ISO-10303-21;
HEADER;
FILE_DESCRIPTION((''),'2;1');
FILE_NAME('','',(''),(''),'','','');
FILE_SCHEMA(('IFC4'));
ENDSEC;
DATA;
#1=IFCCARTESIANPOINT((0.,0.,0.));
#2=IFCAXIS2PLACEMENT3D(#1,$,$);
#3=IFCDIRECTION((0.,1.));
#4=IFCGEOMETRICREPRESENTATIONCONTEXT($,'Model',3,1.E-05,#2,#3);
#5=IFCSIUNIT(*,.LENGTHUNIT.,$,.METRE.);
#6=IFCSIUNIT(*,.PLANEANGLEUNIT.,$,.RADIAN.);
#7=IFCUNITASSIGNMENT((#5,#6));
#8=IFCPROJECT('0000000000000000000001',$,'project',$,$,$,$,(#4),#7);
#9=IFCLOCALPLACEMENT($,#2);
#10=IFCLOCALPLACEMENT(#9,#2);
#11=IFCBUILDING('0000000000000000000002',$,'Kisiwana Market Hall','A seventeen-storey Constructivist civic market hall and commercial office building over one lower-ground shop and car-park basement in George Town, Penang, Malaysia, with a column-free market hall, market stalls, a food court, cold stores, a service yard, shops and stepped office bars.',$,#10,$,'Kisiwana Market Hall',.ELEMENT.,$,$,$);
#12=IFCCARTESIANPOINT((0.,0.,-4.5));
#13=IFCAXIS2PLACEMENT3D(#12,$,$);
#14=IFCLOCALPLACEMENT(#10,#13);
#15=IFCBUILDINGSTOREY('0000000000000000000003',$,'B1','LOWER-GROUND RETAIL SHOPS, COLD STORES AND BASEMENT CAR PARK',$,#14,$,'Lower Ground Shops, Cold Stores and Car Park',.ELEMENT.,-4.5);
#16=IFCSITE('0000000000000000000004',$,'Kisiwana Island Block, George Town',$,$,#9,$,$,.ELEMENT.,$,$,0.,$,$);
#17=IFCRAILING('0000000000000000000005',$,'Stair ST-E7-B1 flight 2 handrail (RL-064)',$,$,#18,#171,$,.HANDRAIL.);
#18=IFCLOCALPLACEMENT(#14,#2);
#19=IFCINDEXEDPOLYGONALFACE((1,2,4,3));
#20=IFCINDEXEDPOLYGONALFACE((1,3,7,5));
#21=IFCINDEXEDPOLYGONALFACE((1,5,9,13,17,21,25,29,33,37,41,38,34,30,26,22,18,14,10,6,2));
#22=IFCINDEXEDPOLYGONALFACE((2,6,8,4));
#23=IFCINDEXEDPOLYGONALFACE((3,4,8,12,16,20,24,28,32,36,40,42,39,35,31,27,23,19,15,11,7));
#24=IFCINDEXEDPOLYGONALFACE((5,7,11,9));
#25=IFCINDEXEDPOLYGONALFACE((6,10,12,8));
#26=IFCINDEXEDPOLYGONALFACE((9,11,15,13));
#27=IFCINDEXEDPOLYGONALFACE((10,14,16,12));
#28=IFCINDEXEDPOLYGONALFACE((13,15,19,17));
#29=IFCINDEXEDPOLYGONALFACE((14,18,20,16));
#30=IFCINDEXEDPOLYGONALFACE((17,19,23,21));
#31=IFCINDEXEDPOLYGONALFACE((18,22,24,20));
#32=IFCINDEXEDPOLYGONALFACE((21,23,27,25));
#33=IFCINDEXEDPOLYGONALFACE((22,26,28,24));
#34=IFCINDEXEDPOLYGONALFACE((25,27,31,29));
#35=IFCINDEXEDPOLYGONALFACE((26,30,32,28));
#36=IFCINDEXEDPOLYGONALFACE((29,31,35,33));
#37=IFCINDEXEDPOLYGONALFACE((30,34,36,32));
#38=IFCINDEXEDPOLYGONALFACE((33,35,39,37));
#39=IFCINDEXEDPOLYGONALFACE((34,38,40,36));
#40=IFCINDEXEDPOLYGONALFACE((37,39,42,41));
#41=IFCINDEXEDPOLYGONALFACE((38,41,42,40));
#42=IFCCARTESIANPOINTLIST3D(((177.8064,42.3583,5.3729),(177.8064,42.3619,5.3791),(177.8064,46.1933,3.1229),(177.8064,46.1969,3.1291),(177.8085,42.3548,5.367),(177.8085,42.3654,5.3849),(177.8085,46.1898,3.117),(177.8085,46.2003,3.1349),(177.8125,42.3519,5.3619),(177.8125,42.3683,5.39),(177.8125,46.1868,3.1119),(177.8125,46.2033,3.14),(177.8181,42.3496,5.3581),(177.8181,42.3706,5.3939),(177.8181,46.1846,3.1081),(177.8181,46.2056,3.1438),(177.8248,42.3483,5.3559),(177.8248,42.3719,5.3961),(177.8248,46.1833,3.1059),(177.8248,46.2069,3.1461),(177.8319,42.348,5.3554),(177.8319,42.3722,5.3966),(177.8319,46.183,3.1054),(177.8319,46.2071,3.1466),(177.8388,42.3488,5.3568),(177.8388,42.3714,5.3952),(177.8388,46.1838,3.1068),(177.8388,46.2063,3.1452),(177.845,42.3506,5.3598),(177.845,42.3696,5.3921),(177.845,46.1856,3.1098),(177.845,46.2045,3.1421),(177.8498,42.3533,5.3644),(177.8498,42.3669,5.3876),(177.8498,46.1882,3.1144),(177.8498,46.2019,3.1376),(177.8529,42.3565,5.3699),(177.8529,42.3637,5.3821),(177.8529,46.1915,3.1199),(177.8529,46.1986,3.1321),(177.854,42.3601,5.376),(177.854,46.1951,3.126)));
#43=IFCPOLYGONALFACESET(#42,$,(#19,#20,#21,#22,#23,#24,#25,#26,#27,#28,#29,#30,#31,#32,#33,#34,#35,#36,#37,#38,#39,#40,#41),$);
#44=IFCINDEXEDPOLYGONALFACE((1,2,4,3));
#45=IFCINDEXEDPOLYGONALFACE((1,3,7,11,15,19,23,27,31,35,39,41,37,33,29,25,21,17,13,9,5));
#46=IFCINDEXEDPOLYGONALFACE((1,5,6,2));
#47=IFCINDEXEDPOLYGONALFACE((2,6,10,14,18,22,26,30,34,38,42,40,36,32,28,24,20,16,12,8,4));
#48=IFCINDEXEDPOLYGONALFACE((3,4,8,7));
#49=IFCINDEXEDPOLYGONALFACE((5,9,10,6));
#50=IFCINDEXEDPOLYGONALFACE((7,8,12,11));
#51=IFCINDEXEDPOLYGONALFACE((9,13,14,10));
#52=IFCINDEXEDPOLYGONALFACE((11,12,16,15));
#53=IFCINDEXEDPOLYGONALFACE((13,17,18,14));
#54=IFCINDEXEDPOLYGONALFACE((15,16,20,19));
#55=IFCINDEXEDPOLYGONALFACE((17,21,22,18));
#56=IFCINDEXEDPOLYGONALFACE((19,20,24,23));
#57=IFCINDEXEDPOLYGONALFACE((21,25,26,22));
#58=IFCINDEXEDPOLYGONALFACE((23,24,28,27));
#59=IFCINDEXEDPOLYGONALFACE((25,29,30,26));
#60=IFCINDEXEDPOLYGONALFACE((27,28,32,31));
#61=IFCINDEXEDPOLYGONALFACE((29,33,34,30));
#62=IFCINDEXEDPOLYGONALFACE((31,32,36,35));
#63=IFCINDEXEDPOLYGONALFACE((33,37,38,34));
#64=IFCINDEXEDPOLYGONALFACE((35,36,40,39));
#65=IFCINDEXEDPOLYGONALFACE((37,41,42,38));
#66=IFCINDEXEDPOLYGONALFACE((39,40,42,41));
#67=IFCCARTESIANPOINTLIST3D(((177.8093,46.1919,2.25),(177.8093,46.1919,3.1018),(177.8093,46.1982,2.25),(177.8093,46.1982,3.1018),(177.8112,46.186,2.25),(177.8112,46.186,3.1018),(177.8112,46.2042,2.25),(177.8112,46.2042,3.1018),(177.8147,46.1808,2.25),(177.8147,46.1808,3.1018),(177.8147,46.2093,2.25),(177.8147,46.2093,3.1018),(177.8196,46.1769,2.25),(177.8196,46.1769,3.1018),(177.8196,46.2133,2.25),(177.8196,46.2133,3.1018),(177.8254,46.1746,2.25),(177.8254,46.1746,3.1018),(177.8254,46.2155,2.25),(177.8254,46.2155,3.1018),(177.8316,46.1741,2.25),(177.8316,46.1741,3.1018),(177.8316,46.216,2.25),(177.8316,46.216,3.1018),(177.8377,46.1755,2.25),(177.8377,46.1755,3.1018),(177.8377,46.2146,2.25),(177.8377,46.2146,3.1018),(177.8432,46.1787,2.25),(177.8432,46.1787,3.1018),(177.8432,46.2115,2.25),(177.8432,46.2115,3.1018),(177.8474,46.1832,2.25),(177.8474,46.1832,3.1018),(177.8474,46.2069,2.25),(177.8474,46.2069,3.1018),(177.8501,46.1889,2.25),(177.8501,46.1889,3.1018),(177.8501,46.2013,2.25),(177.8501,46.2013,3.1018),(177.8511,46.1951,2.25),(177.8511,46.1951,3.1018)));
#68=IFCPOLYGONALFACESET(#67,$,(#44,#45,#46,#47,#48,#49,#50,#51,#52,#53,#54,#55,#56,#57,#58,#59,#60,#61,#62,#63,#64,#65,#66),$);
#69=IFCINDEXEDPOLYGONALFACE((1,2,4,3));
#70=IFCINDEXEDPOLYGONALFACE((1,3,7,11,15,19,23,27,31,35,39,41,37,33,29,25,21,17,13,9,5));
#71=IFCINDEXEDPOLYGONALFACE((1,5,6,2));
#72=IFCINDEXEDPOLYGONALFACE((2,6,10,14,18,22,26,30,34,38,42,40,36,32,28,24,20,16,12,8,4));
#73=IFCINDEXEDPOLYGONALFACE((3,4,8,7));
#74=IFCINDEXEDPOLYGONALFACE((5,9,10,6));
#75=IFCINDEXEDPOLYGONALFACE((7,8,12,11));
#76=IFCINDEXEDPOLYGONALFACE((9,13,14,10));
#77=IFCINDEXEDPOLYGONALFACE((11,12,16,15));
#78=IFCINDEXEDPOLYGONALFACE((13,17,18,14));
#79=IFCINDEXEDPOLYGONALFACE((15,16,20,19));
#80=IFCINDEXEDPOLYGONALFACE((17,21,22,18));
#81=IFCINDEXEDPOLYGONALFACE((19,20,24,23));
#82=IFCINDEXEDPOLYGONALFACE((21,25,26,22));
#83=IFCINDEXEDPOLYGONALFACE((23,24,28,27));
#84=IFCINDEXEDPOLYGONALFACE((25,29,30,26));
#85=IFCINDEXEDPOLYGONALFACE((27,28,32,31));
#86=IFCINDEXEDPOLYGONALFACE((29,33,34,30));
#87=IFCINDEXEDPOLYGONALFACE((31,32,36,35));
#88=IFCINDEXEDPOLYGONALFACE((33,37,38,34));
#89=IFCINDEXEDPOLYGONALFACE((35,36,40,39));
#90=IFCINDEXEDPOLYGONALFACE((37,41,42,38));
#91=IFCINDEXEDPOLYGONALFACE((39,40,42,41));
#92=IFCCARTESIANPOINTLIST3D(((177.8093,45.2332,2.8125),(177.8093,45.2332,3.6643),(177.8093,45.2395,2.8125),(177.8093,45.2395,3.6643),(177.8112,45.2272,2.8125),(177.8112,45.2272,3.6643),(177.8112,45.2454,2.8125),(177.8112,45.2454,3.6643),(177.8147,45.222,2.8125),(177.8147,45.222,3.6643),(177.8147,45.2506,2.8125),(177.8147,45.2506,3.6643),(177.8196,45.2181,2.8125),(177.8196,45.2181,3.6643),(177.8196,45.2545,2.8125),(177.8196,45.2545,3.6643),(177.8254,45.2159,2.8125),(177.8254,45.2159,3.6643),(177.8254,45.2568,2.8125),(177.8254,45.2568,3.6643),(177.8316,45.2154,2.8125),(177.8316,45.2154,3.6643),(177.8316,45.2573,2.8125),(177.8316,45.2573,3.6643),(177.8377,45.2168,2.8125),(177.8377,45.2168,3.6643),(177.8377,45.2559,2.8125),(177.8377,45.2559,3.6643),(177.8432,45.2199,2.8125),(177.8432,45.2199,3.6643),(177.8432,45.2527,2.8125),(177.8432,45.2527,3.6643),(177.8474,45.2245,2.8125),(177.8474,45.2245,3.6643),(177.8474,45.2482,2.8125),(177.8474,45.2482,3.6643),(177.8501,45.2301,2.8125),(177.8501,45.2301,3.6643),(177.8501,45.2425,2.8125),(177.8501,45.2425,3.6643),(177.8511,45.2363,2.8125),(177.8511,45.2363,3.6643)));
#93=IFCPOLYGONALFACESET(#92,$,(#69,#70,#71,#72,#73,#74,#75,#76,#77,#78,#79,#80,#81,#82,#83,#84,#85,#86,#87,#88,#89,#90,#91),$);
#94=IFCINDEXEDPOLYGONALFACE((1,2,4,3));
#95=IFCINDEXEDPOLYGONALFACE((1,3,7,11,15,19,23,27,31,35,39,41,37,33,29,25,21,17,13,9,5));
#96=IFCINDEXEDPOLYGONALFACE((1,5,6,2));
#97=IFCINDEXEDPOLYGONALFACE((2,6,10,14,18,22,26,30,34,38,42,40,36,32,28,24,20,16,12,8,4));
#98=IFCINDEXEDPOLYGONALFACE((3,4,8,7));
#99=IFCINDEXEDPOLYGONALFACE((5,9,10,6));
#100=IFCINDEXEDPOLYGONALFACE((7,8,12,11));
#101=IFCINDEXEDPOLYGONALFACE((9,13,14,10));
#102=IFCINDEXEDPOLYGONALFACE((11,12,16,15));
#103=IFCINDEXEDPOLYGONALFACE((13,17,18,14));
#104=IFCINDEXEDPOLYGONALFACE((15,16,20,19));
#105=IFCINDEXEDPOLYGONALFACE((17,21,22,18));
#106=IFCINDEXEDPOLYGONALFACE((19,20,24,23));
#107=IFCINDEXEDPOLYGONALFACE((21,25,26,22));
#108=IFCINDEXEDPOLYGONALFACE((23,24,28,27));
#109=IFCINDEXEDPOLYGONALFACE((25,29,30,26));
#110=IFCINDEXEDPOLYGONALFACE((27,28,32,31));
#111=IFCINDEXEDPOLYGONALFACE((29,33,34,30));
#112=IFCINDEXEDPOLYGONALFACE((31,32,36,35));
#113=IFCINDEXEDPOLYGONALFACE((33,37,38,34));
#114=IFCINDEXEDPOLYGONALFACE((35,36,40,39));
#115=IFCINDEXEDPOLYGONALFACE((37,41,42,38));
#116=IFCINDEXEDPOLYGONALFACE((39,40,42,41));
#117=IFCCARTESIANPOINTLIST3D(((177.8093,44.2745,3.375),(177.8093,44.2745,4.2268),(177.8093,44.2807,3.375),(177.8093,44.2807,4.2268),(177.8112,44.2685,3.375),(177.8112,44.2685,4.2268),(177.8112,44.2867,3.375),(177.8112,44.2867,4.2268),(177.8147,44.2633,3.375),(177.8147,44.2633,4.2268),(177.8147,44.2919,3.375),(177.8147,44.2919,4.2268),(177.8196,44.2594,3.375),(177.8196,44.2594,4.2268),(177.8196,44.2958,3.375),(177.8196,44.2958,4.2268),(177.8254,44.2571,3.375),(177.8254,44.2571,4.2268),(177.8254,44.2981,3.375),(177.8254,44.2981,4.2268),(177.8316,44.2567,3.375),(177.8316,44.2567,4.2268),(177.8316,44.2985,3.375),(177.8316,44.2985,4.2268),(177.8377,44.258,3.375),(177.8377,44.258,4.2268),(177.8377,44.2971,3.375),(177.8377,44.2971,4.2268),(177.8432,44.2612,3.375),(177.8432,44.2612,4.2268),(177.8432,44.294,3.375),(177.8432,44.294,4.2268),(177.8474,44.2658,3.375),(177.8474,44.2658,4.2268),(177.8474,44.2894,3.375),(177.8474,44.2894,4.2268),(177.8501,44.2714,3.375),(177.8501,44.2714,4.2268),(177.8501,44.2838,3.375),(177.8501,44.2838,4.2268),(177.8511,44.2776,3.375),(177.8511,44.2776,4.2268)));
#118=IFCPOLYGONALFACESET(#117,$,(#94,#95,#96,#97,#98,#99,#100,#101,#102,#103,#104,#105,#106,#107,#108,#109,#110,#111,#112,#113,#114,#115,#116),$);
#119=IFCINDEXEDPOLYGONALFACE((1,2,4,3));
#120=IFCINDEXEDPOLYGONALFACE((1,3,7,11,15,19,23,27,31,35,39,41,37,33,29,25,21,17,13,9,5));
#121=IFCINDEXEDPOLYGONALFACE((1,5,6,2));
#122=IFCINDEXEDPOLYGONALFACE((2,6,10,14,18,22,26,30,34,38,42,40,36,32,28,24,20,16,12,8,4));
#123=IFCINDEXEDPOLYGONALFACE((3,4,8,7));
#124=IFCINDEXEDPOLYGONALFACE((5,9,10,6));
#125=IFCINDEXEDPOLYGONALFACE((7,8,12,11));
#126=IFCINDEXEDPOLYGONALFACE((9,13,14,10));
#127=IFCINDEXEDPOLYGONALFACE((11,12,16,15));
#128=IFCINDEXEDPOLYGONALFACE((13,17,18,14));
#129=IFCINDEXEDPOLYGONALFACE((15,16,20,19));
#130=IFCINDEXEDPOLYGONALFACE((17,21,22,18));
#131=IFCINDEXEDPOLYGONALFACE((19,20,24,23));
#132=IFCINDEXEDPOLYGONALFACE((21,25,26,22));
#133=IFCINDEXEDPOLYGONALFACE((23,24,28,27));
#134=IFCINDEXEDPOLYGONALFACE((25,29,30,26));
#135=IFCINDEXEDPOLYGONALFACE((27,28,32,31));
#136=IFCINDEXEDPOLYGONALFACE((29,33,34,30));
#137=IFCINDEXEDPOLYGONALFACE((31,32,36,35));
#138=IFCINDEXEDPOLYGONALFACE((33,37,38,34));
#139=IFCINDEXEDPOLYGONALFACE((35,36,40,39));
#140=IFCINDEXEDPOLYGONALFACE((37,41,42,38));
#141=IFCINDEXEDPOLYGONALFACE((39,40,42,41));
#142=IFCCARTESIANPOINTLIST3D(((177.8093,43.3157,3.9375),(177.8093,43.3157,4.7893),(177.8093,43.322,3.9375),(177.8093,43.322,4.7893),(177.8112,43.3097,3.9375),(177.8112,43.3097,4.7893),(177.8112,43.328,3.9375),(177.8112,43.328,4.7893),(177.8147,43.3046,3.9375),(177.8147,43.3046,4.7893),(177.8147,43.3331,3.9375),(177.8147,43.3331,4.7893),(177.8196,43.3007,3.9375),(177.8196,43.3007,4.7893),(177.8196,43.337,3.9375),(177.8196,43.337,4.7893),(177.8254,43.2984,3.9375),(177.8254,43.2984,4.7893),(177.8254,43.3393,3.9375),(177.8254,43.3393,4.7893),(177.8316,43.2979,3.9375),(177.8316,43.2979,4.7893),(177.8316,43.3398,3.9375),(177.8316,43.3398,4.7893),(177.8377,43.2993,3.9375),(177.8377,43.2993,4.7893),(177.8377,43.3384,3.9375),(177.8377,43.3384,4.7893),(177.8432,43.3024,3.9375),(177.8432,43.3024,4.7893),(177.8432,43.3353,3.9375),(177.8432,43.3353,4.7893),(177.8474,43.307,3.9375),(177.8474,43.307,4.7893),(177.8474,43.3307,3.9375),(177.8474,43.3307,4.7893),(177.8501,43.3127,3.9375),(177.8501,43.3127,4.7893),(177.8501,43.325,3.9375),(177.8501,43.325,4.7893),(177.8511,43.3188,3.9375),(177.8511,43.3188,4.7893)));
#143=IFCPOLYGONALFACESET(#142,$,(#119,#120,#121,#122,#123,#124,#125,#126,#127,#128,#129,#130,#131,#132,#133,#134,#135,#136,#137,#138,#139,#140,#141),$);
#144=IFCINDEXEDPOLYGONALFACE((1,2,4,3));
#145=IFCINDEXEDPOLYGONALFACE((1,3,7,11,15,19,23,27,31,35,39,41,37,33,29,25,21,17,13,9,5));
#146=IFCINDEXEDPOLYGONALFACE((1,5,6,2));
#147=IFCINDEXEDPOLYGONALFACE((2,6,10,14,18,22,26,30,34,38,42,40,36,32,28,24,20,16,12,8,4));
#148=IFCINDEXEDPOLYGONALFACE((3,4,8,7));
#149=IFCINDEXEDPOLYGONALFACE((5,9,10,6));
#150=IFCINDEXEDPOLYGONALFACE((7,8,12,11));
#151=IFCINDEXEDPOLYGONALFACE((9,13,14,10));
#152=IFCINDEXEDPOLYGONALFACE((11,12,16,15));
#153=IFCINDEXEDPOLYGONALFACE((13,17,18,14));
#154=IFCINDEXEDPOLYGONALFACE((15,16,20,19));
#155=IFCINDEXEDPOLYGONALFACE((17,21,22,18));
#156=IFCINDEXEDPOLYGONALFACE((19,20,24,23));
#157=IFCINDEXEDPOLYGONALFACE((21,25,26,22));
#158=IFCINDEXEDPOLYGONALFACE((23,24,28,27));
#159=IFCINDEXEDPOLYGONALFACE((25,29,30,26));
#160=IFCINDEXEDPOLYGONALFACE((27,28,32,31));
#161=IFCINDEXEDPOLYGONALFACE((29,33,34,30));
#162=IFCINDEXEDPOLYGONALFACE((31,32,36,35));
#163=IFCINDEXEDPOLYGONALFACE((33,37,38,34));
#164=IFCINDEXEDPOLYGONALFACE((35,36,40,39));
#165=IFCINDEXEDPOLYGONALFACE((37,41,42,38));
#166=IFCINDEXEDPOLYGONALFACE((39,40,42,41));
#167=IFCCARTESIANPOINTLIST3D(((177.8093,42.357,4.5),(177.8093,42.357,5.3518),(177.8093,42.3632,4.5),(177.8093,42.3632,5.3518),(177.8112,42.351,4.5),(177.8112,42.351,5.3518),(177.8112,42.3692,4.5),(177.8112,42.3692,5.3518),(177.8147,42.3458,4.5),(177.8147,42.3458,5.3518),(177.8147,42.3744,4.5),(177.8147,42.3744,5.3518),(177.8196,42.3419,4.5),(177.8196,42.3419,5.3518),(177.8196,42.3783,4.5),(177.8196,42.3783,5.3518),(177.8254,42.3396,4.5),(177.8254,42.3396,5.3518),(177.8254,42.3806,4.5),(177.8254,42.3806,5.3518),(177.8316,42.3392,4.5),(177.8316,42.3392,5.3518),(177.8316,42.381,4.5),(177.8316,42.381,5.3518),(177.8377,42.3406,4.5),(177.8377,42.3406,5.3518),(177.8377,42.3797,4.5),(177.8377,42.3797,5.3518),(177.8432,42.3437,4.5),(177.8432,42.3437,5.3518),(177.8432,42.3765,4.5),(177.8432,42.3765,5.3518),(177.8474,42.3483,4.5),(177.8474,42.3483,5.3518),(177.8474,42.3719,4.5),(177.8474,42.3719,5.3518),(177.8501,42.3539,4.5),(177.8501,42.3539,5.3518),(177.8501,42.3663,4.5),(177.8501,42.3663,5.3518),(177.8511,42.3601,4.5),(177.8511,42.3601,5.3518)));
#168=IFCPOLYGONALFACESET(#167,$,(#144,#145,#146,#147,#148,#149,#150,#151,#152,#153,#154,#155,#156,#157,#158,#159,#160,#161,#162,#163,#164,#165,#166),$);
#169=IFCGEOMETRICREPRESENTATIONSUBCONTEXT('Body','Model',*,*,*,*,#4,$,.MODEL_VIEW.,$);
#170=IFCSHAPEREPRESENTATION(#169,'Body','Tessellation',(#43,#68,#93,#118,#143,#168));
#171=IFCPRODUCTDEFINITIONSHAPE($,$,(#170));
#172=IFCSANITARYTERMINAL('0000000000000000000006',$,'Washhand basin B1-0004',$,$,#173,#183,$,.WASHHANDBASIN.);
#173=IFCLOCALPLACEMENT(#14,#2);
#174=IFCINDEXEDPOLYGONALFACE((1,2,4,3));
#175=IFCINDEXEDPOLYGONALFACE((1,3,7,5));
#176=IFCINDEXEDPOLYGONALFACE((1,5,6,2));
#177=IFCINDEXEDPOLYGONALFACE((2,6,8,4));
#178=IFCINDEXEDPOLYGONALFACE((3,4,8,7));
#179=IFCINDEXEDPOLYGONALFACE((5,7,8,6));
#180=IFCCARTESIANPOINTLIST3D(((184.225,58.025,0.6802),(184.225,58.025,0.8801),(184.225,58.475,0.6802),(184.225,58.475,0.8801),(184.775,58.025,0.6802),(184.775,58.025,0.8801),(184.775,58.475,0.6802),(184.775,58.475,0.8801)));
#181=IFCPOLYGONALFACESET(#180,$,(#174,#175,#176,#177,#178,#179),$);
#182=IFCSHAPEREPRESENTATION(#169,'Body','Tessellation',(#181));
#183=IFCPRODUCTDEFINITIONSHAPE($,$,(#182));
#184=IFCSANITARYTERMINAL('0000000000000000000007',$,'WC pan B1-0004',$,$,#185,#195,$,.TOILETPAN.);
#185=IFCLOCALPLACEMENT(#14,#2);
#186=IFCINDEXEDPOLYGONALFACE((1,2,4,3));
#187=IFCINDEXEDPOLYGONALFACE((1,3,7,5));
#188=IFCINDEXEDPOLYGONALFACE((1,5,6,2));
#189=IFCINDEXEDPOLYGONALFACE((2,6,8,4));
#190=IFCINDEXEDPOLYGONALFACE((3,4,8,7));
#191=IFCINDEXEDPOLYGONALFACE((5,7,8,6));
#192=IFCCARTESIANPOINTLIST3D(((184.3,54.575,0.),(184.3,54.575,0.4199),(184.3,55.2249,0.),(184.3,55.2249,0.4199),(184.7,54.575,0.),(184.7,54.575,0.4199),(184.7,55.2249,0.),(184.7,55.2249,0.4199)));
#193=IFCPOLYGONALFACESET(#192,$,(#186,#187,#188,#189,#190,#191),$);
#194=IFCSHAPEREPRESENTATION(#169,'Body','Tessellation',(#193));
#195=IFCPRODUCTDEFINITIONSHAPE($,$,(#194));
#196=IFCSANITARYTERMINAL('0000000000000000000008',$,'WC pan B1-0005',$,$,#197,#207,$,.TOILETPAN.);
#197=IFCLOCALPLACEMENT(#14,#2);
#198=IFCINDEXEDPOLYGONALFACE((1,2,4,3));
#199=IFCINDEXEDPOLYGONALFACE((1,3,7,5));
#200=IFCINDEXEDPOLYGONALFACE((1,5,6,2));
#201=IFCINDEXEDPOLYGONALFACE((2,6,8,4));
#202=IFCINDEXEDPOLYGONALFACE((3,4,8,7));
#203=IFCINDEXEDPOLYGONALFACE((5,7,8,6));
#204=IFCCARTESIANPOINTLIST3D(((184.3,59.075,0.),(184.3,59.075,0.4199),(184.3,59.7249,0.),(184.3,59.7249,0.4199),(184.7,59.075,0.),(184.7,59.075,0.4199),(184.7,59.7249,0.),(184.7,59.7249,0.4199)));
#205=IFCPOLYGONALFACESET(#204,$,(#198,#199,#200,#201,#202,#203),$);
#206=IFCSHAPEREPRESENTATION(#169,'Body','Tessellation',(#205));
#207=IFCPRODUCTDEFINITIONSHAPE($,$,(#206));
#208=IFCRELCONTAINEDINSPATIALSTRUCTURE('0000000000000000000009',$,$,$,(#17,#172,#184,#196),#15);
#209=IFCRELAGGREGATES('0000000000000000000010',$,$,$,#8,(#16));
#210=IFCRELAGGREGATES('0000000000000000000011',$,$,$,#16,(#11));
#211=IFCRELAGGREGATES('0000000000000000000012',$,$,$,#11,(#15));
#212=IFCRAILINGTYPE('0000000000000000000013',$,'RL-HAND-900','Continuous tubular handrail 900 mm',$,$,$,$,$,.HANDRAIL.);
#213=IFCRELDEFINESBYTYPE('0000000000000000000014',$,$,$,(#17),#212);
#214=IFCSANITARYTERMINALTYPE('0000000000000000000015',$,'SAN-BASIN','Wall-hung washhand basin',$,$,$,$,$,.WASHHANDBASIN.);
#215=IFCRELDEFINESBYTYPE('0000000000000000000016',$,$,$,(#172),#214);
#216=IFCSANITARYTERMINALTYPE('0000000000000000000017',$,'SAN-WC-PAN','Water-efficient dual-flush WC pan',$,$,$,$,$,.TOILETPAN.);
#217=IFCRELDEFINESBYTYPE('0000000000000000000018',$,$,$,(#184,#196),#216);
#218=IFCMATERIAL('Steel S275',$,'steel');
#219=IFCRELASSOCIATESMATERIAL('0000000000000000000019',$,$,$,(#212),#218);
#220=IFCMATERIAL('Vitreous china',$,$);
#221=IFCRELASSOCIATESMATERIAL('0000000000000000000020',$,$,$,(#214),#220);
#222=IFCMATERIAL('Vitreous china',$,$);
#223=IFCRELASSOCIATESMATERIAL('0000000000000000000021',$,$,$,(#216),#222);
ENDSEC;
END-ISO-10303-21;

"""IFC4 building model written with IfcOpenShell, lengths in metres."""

from ifc_helpers import new_model, si_unit, direction, frame, origin, origin_2d, place, context, subcontext, project, spatial, rectangle, circle, extrude, material, type_object, element, save


model = new_model("IFC4")

# Units and contexts
model_context = context("Model", 3, precision=1e-05, world=origin(), true_north=direction((0.0, 1.0)))
body_context = subcontext(model_context, "Body", "Model", "MODEL_VIEW")
ifc_project = project(units=[si_unit("LENGTHUNIT", "METRE"), si_unit("PLANEANGLEUNIT", "RADIAN")], contexts=[model_context])

# Site, building, storey
site_placement = place(None, origin())
site = spatial("IfcSite", under=ifc_project, at=site_placement, Name="Kisiwana Island Block, George Town", CompositionType="ELEMENT", RefElevation=0.0)
building_placement = place(site_placement, origin())
building = spatial("IfcBuilding", under=site, at=building_placement, Name="Kisiwana Market Hall", Description="A seventeen-storey Constructivist civic market hall and commercial office building over one lower-ground shop and car-park basement in George Town, Penang, Malaysia, with a column-free market hall, market stalls, a food court, cold stores, a service yard, shops and stepped office bars.", LongName="Kisiwana Market Hall", CompositionType="ELEMENT")
storey_placement = place(building_placement, frame((0.0, 0.0, -4.5)))
storey = spatial("IfcBuildingStorey", under=building, at=storey_placement, Name="B1", Description="LOWER-GROUND RETAIL SHOPS, COLD STORES AND BASEMENT CAR PARK", LongName="Lower Ground Shops, Cold Stores and Car Park", CompositionType="ELEMENT", Elevation=-4.5)

# Railing
ifc_material_1 = material(Name="Steel S275", Category="steel")
railing_type = type_object("IfcRailingType", Name="RL-HAND-900", Description="Continuous tubular handrail 900 mm", PredefinedType="HANDRAIL", material=ifc_material_1)
for number, where, name in (
    (1, (177.8301, 46.1951, 2.25), "Stair ST-E7-B1 flight 2 handrail (RL-064)"),
):
    element("IfcRailing", number, at=place(storey_placement, frame(where)), inside=storey, type_object=railing_type, Name=name, PredefinedType="HANDRAIL", context=body_context, shape_type="SweptSolid", body=[
        extrude(circle(Radius=0.0239, at=origin_2d()), frame((0.0, 0.0, 0.876), z_axis=(0.0, -0.86251, 0.506041), x_axis=(1.0, 0.0, 0.0)), (0.0, 0.0, 1.0), 4.4463),
        extrude(circle(Radius=0.021, at=origin_2d()), origin(), (0.0, 0.0, 1.0), 0.8518),
        extrude(circle(Radius=0.021, at=origin_2d()), frame((0.0, -0.9587, 0.5625)), (0.0, 0.0, 1.0), 0.8518),
        extrude(circle(Radius=0.021, at=origin_2d()), frame((0.0, -1.9175, 1.125)), (0.0, 0.0, 1.0), 0.8518),
        extrude(circle(Radius=0.021, at=origin_2d()), frame((0.0, -2.8762, 1.6875)), (0.0, 0.0, 1.0), 0.8518),
        extrude(circle(Radius=0.021, at=origin_2d()), frame((0.0, -3.835, 2.25)), (0.0, 0.0, 1.0), 0.8518),
    ])

# Sanitary terminals
ifc_material_2 = material(Name="Vitreous china")
sanitary_terminal_type_1 = type_object("IfcSanitaryTerminalType", Name="SAN-BASIN", Description="Wall-hung washhand basin", PredefinedType="WASHHANDBASIN", material=ifc_material_2)
sanitary_terminal_placement = place(storey_placement, frame((184.5, 58.25, 0.6802), z_axis=(0.0, 0.0, 1.0), x_axis=(1.0, 0.0, 0.0)))
element("IfcSanitaryTerminal", 2, at=sanitary_terminal_placement, inside=storey, type_object=sanitary_terminal_type_1, Name="Washhand basin B1-0004", PredefinedType="WASHHANDBASIN", context=body_context, shape_type="SweptSolid", body=[
    extrude(rectangle(XDim=0.55, YDim=0.45, at=origin_2d()), origin(), (0.0, 0.0, 1.0), 0.2),
])
ifc_material_3 = material(Name="Vitreous china")
sanitary_terminal_type_2 = type_object("IfcSanitaryTerminalType", Name="SAN-WC-PAN", Description="Water-efficient dual-flush WC pan", PredefinedType="TOILETPAN", material=ifc_material_3)
for number, where, z_axis, x_axis, name in (
    (3, (184.5, 54.8999, 0.0), (0.0, 0.0, 1.0), (1.0, 0.0, 0.0), "WC pan B1-0004"),
    (4, (184.5, 59.3999, 0.0), (0.0, 0.0, 1.0), (1.0, 0.0, 0.0), "WC pan B1-0005"),
):
    element("IfcSanitaryTerminal", number, at=place(storey_placement, frame(where, z_axis=z_axis, x_axis=x_axis)), inside=storey, type_object=sanitary_terminal_type_2, Name=name, PredefinedType="TOILETPAN", context=body_context, shape_type="SweptSolid", body=[
        extrude(rectangle(XDim=0.3999, YDim=0.6499, at=origin_2d()), origin(), (0.0, 0.0, 1.0), 0.4199),
    ])

save(model, "model.ifc")
